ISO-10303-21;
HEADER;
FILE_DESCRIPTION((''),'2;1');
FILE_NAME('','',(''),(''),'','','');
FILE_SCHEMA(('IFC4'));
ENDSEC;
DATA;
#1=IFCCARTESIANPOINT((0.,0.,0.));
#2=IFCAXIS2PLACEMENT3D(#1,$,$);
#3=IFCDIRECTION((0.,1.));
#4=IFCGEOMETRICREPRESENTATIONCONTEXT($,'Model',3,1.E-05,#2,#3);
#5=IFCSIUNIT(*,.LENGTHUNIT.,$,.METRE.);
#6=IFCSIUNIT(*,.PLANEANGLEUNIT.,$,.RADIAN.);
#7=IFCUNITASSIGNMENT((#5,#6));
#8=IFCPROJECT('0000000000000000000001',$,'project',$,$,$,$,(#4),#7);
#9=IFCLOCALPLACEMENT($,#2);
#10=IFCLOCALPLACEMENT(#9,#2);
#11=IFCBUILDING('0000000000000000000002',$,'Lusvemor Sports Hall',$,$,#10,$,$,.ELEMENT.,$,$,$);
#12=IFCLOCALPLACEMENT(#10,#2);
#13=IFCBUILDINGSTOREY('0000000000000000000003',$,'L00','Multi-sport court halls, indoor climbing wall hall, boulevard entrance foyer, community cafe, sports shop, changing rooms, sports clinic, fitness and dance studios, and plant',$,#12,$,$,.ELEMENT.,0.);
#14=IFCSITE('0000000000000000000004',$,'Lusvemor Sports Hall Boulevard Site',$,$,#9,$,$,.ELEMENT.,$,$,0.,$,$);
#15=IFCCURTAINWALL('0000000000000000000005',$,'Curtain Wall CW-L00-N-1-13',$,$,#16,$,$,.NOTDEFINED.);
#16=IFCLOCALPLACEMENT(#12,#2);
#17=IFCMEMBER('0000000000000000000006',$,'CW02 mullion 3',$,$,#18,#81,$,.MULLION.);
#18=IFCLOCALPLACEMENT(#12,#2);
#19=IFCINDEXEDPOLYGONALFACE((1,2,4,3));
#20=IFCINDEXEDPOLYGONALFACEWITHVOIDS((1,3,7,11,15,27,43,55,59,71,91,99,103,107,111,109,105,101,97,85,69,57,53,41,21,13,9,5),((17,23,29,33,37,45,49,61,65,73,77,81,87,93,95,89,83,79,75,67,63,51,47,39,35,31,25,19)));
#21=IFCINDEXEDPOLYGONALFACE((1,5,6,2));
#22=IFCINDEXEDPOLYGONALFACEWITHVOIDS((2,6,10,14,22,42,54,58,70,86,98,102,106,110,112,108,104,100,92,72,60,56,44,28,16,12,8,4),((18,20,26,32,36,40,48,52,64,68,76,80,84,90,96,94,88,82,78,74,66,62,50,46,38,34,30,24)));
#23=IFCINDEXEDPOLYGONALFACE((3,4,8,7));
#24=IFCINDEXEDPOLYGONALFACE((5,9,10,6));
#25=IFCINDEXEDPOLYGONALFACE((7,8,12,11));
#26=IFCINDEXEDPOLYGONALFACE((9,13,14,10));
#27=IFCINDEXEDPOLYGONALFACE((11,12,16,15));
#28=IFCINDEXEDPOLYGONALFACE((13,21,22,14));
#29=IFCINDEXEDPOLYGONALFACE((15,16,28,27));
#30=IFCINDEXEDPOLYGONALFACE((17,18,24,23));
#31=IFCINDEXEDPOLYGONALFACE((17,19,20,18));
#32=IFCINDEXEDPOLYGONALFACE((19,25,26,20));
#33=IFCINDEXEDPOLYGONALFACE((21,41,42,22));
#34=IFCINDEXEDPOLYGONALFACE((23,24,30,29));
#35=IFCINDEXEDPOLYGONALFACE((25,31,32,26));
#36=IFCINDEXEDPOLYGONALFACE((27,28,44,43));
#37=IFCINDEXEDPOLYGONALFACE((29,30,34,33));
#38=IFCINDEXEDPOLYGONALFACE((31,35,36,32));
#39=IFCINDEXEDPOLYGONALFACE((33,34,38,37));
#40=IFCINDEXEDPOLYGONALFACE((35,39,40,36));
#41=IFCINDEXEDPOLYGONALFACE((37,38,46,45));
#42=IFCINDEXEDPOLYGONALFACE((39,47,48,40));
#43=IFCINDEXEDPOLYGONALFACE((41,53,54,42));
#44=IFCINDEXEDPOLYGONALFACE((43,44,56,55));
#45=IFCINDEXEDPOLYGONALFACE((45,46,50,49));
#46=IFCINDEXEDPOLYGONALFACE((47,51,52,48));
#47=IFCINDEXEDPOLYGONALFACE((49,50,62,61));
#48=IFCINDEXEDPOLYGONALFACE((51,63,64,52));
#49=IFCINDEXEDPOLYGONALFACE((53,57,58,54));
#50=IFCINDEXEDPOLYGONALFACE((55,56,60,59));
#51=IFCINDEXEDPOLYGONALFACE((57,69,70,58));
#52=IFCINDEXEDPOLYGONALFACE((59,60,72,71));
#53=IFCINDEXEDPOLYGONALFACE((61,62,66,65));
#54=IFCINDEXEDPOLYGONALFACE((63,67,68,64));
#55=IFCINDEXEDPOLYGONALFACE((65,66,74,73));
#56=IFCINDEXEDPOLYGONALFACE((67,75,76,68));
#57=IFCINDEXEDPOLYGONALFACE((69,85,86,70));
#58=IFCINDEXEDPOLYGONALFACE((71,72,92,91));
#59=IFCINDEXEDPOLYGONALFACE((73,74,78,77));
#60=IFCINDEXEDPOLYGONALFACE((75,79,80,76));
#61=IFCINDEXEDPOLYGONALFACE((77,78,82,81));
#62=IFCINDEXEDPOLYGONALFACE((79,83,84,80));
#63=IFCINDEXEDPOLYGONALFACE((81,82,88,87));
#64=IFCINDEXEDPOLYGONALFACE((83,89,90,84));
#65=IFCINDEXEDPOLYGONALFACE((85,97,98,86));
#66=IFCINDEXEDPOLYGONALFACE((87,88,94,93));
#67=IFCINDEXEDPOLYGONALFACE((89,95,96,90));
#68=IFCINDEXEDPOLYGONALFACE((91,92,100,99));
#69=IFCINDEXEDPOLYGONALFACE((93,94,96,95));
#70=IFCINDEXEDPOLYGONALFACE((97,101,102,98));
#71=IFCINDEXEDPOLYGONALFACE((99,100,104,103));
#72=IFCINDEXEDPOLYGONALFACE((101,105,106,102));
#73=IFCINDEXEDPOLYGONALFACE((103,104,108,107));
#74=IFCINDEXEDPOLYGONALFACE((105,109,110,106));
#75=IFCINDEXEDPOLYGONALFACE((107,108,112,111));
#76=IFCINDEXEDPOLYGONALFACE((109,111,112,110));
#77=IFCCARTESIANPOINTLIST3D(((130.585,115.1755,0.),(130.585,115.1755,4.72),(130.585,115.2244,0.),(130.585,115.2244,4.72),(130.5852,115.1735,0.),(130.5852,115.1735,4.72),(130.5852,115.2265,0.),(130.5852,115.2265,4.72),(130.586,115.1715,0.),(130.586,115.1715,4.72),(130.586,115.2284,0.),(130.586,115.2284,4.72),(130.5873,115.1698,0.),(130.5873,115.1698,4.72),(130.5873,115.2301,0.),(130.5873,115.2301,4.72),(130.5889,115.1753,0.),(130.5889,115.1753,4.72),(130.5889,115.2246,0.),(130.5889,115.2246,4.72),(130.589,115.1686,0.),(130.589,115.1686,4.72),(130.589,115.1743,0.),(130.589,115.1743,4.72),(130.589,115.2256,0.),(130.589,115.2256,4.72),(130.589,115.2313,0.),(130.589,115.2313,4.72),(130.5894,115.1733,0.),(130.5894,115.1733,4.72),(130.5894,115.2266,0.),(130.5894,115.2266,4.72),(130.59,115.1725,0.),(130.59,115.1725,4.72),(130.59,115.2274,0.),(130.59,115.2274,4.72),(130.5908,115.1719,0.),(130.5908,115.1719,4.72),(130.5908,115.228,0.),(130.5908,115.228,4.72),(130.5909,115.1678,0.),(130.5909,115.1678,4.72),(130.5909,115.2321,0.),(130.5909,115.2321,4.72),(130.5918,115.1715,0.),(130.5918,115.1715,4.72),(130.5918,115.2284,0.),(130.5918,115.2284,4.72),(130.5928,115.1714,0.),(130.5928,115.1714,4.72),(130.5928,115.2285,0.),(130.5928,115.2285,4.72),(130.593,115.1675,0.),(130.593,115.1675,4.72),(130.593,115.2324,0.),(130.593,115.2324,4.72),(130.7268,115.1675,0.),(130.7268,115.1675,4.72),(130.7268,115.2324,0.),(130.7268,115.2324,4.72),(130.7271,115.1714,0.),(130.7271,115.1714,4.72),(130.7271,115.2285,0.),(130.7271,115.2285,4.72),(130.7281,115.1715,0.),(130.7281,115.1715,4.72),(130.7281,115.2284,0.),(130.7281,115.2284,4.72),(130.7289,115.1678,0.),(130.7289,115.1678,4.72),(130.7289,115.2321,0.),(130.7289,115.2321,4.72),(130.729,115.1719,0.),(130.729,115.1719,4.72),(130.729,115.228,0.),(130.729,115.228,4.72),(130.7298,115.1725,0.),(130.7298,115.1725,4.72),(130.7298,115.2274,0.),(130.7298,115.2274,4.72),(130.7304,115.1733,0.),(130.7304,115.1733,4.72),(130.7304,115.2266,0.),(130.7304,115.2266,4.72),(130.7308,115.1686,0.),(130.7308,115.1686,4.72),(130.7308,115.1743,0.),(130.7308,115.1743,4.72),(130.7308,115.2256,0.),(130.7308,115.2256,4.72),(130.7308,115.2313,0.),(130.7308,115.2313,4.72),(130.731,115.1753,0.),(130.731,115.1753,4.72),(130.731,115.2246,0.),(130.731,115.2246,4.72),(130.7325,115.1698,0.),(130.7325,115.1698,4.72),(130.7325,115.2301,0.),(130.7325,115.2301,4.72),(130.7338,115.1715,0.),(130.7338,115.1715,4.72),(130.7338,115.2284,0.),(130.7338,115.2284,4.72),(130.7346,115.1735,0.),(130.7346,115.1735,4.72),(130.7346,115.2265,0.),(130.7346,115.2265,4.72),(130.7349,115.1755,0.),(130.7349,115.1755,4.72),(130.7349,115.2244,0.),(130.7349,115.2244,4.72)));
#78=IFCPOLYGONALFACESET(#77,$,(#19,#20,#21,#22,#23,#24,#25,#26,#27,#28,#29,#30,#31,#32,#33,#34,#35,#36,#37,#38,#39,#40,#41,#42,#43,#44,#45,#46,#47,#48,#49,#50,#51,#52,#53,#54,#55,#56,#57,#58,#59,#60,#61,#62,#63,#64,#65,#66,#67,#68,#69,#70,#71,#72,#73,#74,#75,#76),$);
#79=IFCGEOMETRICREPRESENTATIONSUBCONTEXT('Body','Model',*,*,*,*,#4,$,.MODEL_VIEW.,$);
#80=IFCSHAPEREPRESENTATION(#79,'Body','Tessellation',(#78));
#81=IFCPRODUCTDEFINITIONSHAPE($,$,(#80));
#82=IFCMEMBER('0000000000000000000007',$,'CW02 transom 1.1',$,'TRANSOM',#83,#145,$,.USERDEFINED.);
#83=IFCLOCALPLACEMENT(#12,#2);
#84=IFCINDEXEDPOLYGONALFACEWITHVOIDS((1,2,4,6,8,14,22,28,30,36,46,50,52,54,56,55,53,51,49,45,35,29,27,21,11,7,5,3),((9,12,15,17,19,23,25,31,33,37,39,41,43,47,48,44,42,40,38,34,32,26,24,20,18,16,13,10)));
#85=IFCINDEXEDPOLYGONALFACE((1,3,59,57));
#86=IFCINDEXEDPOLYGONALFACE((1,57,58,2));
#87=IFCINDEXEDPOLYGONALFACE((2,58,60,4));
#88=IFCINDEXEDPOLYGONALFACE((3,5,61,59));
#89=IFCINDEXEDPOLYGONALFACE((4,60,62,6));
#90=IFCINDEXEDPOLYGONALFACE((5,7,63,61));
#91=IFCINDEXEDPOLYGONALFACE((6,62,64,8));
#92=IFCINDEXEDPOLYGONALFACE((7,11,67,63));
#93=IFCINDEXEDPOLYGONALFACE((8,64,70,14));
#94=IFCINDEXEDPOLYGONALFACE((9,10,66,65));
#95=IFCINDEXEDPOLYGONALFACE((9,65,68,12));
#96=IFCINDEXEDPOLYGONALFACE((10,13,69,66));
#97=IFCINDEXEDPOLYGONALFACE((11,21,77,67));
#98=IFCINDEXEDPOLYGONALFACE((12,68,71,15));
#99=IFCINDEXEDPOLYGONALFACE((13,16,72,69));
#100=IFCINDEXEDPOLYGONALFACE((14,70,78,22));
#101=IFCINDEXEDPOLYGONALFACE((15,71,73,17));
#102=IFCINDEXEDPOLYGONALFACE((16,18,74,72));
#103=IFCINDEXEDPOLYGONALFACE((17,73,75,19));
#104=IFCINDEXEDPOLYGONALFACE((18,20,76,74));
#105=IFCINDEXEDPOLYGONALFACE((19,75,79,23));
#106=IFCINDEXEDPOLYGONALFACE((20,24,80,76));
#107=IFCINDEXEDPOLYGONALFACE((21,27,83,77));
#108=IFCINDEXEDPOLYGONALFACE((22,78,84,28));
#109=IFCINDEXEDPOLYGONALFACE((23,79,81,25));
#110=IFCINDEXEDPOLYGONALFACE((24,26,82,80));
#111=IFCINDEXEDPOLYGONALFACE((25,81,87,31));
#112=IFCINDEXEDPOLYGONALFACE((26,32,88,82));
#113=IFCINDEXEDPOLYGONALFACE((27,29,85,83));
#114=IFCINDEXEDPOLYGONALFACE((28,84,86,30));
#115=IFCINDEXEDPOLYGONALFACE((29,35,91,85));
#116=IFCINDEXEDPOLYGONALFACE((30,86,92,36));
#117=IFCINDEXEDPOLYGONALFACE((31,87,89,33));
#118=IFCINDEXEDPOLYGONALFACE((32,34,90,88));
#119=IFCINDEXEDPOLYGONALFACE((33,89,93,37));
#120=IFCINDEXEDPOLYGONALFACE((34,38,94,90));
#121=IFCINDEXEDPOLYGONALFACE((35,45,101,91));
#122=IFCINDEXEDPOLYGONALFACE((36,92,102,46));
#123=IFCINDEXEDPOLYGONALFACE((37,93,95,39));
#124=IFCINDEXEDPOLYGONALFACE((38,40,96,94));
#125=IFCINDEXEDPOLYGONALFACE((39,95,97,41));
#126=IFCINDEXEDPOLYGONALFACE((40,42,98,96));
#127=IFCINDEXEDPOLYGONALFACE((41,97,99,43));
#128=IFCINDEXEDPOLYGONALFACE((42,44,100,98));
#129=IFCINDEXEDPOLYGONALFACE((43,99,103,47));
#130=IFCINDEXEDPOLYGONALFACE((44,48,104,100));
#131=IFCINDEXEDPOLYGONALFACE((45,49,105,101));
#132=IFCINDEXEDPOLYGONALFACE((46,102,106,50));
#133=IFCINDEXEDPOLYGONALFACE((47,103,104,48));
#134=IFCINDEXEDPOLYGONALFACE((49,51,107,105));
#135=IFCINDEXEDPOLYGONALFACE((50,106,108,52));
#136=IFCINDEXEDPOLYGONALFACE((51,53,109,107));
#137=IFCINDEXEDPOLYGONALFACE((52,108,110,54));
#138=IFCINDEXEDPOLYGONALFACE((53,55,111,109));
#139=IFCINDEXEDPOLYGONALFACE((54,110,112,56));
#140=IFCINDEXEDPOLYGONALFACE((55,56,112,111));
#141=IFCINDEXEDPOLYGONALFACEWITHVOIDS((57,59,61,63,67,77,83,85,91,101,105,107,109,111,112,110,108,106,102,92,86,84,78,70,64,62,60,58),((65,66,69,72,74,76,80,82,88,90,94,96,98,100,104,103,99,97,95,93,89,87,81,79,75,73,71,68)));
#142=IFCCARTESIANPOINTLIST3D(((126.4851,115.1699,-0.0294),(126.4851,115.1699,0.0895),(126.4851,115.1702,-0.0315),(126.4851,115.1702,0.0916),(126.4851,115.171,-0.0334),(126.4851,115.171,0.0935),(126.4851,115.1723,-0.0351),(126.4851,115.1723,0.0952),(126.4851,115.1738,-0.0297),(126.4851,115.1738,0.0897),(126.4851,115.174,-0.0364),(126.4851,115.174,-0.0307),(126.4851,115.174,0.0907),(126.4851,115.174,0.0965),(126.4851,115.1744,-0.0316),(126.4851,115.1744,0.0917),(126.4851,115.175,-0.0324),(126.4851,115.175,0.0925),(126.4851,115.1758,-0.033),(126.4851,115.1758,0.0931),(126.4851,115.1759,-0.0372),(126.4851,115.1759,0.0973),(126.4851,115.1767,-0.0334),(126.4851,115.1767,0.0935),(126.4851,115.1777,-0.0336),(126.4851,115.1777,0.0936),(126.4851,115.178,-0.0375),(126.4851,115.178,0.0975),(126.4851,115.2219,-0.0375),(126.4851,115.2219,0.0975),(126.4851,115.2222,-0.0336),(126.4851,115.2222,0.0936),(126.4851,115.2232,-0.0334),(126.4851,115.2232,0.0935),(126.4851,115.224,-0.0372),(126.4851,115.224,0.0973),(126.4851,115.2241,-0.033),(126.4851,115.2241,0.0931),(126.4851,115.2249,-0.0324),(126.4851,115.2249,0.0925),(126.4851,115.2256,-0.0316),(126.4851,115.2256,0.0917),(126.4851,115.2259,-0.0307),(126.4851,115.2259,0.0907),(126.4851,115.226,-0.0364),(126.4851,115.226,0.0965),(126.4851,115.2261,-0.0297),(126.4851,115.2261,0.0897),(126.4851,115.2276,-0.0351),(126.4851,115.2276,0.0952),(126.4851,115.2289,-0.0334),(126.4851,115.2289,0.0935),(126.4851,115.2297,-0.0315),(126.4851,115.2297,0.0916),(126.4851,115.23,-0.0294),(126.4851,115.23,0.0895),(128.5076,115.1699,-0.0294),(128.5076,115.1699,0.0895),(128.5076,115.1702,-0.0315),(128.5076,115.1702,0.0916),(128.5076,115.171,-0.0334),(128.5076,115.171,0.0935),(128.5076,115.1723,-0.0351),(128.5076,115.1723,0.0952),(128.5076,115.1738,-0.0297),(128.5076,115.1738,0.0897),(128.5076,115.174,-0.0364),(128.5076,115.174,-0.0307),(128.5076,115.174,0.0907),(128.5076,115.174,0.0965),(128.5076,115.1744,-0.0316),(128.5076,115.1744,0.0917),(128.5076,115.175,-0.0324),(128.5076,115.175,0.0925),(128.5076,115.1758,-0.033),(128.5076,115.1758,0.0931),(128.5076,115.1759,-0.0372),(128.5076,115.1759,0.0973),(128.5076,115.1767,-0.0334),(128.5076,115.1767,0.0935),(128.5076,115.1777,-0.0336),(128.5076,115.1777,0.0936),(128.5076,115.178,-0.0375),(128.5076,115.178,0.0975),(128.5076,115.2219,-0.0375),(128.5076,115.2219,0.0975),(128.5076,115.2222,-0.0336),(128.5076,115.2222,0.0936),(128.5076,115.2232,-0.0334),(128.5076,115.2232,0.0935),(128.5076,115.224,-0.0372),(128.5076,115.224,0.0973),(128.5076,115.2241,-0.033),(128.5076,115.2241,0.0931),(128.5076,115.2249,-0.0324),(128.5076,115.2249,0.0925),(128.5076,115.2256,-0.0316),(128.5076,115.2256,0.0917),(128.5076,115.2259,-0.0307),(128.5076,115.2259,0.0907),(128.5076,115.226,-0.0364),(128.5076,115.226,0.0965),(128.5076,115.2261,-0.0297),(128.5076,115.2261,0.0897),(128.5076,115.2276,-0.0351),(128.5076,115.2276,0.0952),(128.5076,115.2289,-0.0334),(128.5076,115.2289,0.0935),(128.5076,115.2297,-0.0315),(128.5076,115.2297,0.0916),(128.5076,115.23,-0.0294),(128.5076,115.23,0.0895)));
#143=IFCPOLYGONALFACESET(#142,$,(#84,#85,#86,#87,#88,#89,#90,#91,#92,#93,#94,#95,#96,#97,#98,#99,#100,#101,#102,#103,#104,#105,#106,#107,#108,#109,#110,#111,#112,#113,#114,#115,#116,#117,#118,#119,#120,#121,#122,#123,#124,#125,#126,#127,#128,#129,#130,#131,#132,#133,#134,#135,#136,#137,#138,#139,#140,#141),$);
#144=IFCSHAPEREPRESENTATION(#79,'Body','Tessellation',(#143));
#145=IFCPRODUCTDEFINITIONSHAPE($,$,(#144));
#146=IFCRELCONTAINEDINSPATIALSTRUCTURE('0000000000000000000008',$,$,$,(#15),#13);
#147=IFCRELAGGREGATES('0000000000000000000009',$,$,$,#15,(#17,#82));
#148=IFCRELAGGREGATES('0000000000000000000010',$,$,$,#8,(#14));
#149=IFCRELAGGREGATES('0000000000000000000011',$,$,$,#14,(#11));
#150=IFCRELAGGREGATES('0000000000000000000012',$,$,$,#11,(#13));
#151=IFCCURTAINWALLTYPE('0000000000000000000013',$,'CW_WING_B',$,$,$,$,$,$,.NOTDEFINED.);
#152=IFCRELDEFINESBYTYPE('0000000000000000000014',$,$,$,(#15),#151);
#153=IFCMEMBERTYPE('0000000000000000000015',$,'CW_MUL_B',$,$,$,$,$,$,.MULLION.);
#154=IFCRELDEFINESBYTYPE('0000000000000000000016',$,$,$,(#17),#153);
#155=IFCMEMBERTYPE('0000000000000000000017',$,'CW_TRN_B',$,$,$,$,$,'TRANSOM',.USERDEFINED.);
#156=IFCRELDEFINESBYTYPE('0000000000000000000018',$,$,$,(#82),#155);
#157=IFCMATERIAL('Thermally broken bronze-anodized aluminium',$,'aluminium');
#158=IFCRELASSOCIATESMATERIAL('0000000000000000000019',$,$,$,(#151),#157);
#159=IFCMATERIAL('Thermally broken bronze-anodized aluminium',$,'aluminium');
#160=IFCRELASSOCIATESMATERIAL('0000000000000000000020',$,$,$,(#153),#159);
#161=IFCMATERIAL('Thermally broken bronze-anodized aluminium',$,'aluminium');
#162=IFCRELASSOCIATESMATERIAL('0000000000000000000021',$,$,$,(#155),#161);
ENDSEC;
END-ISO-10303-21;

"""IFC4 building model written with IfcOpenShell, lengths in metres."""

from ifc_helpers import new_model, si_unit, direction, frame, origin, origin_2d, place, context, subcontext, project, spatial, hollow_rectangle, extrude, material, material_profile, profile_set, type_object, element, aggregate, save


model = new_model("IFC4")

# Units and contexts
model_context = context("Model", 3, precision=1e-05, world=origin(), true_north=direction((0.0, 1.0)))
body_context = subcontext(model_context, "Body", "Model", "MODEL_VIEW")
ifc_project = project(units=[si_unit("LENGTHUNIT", "METRE"), si_unit("PLANEANGLEUNIT", "RADIAN")], contexts=[model_context])

# Site, building, storey
site_placement = place(None, origin())
site = spatial("IfcSite", under=ifc_project, at=site_placement, Name="Lusvemor Sports Hall Boulevard Site", CompositionType="ELEMENT", RefElevation=0.0)
building_placement = place(site_placement, origin())
building = spatial("IfcBuilding", under=site, at=building_placement, Name="Lusvemor Sports Hall", CompositionType="ELEMENT")
storey_placement = place(building_placement, origin())
storey = spatial("IfcBuildingStorey", under=building, at=storey_placement, Name="L00", Description="Multi-sport court halls, indoor climbing wall hall, boulevard entrance foyer, community cafe, sports shop, changing rooms, sports clinic, fitness and dance studios, and plant", CompositionType="ELEMENT", Elevation=0.0)

# Curtain wall, members
ifc_material_1 = material(Name="Thermally broken bronze-anodized aluminium", Category="aluminium")
curtain_wall_type = type_object("IfcCurtainWallType", Name="CW_WING_B", PredefinedType="NOTDEFINED", material=ifc_material_1)
curtain_wall_placement = place(storey_placement, origin())
curtain_wall = element("IfcCurtainWall", 1, at=curtain_wall_placement, inside=storey, type_object=curtain_wall_type, Name="Curtain Wall CW-L00-N-1-13", PredefinedType="NOTDEFINED")
ifc_material_2 = material(Name="Thermally broken bronze-anodized aluminium", Category="aluminium")
ifc_material_profile_1 = material_profile(ifc_material_2, hollow_rectangle(XDim=0.0649, YDim=0.1499, WallThickness=0.0039, InnerFilletRadius=0.0039, OuterFilletRadius=0.0081, at=origin_2d()), Name="CWMUL150x65x4")
ifc_profile_set_1 = profile_set([ifc_material_profile_1], Name="Thermally broken bronze-anodized aluminium")
member_type_1 = type_object("IfcMemberType", Name="CW_MUL_B", PredefinedType="MULLION", material=ifc_profile_set_1)
member_1_placement = place(storey_placement, frame((130.6599, 115.2, 0.0), z_axis=(0.0, 0.0, 1.0), x_axis=(0.0, 1.0, 0.0)))
member_1 = element("IfcMember", 2, at=member_1_placement, type_object=member_type_1, Name="CW02 mullion 3", PredefinedType="MULLION", context=body_context, shape_type="SweptSolid", body=[
    extrude(hollow_rectangle(XDim=0.0649, YDim=0.1499, WallThickness=0.0039, InnerFilletRadius=0.0039, OuterFilletRadius=0.0081, at=origin_2d()), origin(), (0.0, 0.0, 1.0), 4.72),
])
ifc_material_3 = material(Name="Thermally broken bronze-anodized aluminium", Category="aluminium")
ifc_material_profile_2 = material_profile(ifc_material_3, hollow_rectangle(XDim=0.0601, YDim=0.135, WallThickness=0.0039, InnerFilletRadius=0.0039, OuterFilletRadius=0.0081, at=origin_2d()), Name="CWTRN135x60x4")
ifc_profile_set_2 = profile_set([ifc_material_profile_2], Name="Thermally broken bronze-anodized aluminium")
member_type_2 = type_object("IfcMemberType", Name="CW_TRN_B", ElementType="TRANSOM", PredefinedType="USERDEFINED", material=ifc_profile_set_2)
member_2_placement = place(storey_placement, frame((126.4851, 115.2, 0.03), z_axis=(1.0, 0.0, 0.0), x_axis=(0.0, 1.0, 0.0)))
member_2 = element("IfcMember", 3, at=member_2_placement, type_object=member_type_2, Name="CW02 transom 1.1", ObjectType="TRANSOM", PredefinedType="USERDEFINED", context=body_context, shape_type="SweptSolid", body=[
    extrude(hollow_rectangle(XDim=0.0601, YDim=0.135, WallThickness=0.0039, InnerFilletRadius=0.0039, OuterFilletRadius=0.0081, at=origin_2d()), origin(), (0.0, 0.0, 1.0), 2.0225),
])
aggregate(curtain_wall, [member_1, member_2])

save(model, "model.ifc")
